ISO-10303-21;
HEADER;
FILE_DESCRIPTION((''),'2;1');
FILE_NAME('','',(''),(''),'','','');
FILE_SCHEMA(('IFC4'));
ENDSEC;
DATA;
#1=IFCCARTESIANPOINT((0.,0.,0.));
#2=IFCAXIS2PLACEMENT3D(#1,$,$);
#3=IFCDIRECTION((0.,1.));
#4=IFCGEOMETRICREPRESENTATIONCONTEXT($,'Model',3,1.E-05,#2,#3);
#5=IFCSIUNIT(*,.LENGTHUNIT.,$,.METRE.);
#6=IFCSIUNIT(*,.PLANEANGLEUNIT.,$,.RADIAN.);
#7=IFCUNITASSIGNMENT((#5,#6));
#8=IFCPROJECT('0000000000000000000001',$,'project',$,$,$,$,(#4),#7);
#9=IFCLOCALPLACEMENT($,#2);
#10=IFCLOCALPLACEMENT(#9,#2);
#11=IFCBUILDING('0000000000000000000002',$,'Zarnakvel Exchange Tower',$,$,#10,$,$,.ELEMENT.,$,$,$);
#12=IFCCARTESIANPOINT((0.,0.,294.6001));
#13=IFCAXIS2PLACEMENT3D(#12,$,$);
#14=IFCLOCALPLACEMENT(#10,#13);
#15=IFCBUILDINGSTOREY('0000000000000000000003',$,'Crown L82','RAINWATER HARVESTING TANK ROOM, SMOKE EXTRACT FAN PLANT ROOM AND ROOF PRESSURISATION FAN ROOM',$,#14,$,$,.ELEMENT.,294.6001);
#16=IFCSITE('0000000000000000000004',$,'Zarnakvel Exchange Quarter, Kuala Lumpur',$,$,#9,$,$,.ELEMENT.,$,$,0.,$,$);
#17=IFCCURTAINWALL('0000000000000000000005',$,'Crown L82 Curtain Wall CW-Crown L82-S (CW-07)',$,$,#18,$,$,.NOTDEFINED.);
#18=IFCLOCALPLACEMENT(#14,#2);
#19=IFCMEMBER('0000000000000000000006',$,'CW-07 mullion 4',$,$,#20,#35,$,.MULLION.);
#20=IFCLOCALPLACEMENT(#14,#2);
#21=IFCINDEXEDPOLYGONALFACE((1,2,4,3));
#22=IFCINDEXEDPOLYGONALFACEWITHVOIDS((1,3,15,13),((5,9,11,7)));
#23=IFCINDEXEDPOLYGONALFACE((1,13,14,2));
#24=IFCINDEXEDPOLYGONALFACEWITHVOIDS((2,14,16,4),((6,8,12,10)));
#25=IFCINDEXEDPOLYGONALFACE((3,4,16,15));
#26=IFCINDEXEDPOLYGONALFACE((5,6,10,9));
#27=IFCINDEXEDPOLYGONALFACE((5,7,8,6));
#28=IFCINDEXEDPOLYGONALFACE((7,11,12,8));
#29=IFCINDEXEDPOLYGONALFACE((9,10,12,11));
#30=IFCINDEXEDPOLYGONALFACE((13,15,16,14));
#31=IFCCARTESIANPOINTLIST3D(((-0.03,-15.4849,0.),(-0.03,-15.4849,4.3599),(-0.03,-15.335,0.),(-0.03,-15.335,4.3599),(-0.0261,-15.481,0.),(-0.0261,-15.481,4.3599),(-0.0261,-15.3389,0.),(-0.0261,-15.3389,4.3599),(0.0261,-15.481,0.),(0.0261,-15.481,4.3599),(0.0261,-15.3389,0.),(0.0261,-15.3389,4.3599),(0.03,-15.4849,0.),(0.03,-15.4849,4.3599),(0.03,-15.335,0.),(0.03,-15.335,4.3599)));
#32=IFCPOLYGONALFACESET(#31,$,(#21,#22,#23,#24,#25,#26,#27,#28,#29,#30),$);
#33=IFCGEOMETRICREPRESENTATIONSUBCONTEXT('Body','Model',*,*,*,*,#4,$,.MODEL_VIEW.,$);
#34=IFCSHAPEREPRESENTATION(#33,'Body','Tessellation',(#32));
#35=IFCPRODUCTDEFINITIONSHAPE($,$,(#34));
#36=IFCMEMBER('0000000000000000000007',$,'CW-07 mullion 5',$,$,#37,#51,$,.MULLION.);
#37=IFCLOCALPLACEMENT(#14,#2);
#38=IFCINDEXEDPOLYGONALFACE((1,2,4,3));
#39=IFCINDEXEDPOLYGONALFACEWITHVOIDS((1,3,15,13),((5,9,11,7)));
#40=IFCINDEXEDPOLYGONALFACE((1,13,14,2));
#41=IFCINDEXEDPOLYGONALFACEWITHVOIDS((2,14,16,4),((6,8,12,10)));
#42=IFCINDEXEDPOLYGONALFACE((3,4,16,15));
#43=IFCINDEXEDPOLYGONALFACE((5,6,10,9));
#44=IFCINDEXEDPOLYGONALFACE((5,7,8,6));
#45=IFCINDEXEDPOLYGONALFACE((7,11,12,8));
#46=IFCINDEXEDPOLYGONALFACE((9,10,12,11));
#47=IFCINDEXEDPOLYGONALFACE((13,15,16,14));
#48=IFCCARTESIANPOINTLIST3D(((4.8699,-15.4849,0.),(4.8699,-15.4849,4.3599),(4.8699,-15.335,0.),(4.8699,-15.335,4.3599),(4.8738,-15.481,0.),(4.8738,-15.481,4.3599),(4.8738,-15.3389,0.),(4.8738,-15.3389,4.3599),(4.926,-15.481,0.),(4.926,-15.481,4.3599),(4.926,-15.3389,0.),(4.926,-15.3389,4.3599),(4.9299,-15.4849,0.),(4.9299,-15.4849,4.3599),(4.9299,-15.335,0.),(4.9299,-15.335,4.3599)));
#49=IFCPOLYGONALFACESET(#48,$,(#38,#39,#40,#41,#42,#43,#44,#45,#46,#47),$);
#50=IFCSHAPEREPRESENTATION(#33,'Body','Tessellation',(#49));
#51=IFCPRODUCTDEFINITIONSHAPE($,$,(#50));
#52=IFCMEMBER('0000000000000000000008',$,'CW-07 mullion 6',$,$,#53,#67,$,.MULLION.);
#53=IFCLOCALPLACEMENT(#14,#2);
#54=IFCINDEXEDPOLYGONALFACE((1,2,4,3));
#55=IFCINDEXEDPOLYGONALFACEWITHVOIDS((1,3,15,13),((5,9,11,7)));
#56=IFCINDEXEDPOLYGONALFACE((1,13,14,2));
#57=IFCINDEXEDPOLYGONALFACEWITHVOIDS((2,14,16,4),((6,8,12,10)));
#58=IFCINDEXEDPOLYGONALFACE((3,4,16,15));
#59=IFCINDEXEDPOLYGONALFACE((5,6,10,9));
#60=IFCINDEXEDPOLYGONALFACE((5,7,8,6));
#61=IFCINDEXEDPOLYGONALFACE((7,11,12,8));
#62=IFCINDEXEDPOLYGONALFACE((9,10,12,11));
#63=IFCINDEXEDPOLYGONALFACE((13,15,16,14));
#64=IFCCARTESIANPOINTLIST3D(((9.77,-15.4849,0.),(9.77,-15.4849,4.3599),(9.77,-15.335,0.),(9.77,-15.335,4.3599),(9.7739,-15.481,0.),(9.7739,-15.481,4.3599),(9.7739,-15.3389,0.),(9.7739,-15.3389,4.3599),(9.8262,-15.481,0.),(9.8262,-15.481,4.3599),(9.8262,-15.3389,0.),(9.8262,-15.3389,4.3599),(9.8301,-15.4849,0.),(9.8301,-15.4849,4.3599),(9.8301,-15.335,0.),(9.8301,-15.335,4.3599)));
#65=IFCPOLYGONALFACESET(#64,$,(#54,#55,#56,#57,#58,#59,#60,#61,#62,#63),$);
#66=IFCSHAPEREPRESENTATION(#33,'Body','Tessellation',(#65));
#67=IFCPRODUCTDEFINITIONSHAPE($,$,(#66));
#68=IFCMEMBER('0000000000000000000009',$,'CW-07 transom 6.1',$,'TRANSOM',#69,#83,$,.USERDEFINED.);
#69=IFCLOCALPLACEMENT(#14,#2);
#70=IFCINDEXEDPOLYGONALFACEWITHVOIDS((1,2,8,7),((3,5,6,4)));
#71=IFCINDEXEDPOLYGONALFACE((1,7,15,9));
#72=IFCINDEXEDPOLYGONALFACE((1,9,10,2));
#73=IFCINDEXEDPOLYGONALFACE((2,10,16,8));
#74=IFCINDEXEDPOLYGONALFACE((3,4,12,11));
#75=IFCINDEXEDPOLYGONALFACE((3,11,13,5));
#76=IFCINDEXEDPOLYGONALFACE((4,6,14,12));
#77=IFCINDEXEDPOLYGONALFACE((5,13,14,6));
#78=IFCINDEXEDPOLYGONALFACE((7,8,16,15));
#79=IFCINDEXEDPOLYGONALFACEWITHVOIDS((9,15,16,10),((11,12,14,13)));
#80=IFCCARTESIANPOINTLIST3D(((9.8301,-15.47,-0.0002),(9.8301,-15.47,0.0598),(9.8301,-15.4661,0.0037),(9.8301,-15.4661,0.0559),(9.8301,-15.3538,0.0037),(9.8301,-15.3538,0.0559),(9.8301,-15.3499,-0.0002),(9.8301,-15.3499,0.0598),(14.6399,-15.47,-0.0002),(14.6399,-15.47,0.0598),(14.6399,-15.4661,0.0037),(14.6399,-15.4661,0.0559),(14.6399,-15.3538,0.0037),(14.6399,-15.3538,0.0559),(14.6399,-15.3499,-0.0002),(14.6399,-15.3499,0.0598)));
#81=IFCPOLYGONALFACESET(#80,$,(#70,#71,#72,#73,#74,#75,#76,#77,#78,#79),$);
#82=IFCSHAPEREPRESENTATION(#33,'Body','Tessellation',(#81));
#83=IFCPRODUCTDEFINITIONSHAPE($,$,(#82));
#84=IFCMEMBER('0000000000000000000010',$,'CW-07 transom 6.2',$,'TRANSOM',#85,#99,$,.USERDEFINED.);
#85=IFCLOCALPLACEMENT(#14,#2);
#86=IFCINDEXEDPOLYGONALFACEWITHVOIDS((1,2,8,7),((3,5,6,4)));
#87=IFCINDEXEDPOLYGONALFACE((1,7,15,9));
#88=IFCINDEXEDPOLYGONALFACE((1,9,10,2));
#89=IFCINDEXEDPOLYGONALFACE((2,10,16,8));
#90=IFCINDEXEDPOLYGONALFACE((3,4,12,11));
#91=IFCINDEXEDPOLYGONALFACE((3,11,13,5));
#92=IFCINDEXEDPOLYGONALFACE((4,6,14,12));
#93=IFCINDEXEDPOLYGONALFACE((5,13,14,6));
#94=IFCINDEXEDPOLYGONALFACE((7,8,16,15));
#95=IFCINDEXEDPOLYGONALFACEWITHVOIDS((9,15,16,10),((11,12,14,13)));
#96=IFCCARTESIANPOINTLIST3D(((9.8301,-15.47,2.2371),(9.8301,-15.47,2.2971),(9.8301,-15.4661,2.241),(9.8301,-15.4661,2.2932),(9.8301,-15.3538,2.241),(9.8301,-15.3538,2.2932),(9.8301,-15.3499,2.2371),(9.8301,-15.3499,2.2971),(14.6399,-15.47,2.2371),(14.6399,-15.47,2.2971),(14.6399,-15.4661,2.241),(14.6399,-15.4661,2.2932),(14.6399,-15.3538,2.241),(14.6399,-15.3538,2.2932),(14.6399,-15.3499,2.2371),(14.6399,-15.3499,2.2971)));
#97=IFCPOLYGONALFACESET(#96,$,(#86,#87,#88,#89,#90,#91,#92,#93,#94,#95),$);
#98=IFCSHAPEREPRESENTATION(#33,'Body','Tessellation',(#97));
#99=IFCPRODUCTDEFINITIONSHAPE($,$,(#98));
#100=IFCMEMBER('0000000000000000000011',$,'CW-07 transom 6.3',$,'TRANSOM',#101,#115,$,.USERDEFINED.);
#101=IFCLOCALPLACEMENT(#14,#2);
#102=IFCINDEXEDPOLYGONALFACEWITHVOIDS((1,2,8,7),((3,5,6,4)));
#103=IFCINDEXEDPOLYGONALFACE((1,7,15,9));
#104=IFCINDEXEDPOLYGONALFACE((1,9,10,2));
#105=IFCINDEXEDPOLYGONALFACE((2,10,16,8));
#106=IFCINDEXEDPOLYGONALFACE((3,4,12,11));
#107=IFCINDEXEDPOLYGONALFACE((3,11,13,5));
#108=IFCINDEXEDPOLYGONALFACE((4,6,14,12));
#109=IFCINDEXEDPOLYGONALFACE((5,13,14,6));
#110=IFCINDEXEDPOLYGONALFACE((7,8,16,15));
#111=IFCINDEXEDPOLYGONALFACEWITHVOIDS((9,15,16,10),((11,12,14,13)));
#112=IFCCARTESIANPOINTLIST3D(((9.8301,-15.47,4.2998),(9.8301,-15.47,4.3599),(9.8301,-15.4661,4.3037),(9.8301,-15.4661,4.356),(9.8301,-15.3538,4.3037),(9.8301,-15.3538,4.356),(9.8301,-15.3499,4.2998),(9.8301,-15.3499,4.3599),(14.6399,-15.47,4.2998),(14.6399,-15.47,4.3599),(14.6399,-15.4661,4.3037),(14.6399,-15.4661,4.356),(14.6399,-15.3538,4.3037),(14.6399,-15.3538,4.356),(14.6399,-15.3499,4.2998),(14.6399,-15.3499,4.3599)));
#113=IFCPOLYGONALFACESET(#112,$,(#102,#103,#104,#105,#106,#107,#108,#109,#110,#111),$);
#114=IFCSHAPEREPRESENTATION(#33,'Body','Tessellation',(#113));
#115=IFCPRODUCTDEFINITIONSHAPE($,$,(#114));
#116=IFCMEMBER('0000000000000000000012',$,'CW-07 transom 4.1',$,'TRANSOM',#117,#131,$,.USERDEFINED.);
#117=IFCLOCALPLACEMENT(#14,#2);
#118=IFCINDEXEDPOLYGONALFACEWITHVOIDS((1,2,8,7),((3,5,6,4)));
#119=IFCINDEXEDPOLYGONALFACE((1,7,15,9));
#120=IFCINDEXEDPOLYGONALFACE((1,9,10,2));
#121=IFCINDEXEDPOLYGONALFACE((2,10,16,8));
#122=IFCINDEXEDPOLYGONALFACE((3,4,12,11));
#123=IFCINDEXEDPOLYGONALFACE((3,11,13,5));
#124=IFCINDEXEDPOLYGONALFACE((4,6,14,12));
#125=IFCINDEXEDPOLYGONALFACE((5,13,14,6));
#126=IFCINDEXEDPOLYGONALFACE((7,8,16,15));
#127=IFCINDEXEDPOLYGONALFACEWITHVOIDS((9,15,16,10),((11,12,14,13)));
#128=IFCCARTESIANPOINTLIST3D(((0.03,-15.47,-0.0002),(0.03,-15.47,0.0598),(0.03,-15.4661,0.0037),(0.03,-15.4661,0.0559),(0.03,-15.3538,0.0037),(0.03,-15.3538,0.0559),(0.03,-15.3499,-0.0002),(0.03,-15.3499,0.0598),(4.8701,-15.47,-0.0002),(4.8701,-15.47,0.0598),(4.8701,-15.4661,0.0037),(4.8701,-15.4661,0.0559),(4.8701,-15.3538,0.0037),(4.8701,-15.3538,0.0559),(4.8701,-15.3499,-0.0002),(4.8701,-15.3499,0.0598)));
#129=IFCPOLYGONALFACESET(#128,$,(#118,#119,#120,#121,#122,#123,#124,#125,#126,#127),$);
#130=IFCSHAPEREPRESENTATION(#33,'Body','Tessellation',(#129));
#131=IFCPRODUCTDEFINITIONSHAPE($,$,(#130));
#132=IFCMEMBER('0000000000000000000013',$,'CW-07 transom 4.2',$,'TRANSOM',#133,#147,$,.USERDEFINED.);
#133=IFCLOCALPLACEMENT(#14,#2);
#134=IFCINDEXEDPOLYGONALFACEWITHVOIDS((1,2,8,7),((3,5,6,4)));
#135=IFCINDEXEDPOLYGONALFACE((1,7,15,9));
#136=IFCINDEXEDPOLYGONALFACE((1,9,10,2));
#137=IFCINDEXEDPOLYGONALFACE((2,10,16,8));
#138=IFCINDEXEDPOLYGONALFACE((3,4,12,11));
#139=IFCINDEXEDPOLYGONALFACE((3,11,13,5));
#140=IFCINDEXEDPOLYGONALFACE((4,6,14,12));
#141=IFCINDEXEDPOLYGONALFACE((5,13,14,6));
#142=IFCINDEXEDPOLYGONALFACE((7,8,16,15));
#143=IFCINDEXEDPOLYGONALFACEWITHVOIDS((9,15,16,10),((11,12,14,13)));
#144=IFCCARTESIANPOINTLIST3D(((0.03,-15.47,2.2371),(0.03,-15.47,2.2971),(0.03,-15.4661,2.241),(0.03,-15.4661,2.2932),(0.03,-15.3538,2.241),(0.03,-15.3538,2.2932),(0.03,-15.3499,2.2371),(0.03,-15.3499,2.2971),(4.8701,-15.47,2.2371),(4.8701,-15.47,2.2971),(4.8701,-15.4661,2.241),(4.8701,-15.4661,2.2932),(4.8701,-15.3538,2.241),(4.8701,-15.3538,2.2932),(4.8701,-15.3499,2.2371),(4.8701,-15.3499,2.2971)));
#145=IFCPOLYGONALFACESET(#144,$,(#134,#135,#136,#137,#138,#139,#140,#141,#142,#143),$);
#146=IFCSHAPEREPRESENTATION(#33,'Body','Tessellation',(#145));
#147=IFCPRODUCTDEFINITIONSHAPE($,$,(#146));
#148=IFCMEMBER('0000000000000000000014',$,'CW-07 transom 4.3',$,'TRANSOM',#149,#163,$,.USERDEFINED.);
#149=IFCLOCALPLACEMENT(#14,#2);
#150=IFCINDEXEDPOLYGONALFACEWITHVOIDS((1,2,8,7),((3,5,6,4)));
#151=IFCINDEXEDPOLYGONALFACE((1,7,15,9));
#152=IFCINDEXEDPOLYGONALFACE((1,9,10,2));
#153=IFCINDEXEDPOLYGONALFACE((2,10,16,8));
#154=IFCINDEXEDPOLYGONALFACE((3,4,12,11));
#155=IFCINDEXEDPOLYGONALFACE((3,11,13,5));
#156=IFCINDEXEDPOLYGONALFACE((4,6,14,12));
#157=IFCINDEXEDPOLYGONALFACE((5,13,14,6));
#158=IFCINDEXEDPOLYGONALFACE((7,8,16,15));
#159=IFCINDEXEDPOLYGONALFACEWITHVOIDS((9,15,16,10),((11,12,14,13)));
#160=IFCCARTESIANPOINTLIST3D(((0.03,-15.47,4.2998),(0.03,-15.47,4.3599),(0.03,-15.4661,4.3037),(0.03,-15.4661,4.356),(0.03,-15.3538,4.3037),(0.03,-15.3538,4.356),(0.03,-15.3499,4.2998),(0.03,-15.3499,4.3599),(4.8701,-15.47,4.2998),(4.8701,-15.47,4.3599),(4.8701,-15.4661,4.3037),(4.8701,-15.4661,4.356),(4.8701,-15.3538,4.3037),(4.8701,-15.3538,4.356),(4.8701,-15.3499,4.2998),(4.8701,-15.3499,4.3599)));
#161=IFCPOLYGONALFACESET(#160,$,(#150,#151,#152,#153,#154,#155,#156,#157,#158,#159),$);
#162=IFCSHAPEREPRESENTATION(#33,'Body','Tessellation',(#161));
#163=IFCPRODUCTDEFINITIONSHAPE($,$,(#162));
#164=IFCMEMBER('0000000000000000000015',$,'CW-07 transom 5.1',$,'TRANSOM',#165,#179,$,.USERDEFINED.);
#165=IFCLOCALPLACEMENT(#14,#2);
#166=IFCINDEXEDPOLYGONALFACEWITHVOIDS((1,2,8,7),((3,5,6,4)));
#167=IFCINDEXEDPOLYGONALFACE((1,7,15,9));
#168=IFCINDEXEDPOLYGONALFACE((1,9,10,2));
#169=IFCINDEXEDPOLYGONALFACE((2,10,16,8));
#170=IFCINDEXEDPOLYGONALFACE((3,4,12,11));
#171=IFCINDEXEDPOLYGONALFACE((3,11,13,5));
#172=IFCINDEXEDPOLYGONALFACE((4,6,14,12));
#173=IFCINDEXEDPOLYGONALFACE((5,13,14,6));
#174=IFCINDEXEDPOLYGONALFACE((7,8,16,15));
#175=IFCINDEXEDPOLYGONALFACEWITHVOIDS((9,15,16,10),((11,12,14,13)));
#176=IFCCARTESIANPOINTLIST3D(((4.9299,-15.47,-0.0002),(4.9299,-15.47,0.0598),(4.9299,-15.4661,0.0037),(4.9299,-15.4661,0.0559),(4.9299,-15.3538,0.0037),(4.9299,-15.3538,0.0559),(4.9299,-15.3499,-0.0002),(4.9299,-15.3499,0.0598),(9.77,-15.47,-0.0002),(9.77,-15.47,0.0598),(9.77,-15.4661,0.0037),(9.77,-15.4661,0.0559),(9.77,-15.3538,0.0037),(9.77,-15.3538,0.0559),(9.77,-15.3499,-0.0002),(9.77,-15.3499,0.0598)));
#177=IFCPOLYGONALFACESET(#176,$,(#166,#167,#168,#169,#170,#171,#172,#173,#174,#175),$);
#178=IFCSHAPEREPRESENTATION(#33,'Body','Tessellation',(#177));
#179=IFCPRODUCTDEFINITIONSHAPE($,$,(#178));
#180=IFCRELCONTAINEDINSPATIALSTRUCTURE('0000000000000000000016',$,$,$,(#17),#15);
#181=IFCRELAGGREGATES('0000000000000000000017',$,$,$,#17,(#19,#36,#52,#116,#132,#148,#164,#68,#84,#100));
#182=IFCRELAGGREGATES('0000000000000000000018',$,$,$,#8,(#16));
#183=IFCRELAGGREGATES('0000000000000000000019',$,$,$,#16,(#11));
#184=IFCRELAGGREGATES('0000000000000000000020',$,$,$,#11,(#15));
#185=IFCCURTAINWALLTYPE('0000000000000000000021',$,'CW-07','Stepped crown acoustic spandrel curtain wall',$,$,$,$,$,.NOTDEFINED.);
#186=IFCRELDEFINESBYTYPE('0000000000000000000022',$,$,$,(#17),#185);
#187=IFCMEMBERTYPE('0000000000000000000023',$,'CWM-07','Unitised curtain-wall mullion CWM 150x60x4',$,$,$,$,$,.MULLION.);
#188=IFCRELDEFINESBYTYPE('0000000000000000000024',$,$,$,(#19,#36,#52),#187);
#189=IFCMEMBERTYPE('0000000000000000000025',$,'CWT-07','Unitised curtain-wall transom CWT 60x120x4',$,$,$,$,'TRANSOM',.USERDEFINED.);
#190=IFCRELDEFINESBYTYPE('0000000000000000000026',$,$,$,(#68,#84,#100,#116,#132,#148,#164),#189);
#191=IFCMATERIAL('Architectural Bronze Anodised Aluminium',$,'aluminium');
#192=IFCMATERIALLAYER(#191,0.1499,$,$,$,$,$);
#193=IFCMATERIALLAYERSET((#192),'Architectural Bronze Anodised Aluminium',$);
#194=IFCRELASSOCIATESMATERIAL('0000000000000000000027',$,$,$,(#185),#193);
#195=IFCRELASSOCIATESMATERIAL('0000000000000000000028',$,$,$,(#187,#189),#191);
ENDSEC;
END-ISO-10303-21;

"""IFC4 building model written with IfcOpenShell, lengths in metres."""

from ifc_helpers import new_model, si_unit, direction, frame, origin, origin_2d, place, context, subcontext, project, spatial, hollow_rectangle, extrude, source, transform, mapped, material, layer, layer_set, material_profile, profile_set, type_object, element, aggregate, save


model = new_model("IFC4")

# Units and contexts
model_context = context("Model", 3, precision=1e-05, world=origin(), true_north=direction((0.0, 1.0)))
body_context = subcontext(model_context, "Body", "Model", "MODEL_VIEW")
ifc_project = project(units=[si_unit("LENGTHUNIT", "METRE"), si_unit("PLANEANGLEUNIT", "RADIAN")], contexts=[model_context])

# Site, building, storey
site_placement = place(None, origin())
site = spatial("IfcSite", under=ifc_project, at=site_placement, Name="Zarnakvel Exchange Quarter, Kuala Lumpur", CompositionType="ELEMENT", RefElevation=0.0)
building_placement = place(site_placement, origin())
building = spatial("IfcBuilding", under=site, at=building_placement, Name="Zarnakvel Exchange Tower", CompositionType="ELEMENT")
storey_placement = place(building_placement, frame((0.0, 0.0, 294.6001)))
storey = spatial("IfcBuildingStorey", under=building, at=storey_placement, Name="Crown L82", Description="RAINWATER HARVESTING TANK ROOM, SMOKE EXTRACT FAN PLANT ROOM AND ROOF PRESSURISATION FAN ROOM", CompositionType="ELEMENT", Elevation=294.6001)

# Curtain wall, members
ifc_material_1 = material(Name="Architectural Bronze Anodised Aluminium", Category="aluminium")
ifc_layer_1 = layer(ifc_material_1, 0.1499)
ifc_layer_set_1 = layer_set([ifc_layer_1], Name="Architectural Bronze Anodised Aluminium")
curtain_wall_type = type_object("IfcCurtainWallType", Name="CW-07", Description="Stepped crown acoustic spandrel curtain wall", PredefinedType="NOTDEFINED", material=ifc_layer_set_1)
curtain_wall_placement = place(storey_placement, origin())
curtain_wall = element("IfcCurtainWall", 1, at=curtain_wall_placement, inside=storey, type_object=curtain_wall_type, Name="Crown L82 Curtain Wall CW-Crown L82-S (CW-07)", PredefinedType="NOTDEFINED")
ifc_material_profile_1 = material_profile(ifc_material_1, hollow_rectangle(XDim=0.1499, YDim=0.0601, WallThickness=0.0039, at=origin_2d()))
ifc_profile_set_1 = profile_set([ifc_material_profile_1], Name="Architectural Bronze Anodised Aluminium")
member_type_1 = type_object("IfcMemberType", Name="CWM-07", Description="Unitised curtain-wall mullion CWM 150x60x4", PredefinedType="MULLION", material=ifc_profile_set_1)
shared_shape_1 = source(origin(), body_context, "Body", "SweptSolid", [
    extrude(hollow_rectangle(XDim=0.1499, YDim=0.0601, WallThickness=0.0039, at=origin_2d()), origin(), (0.0, 0.0, 1.0), 4.3599),
])
member_1_placement = place(storey_placement, frame((0.0, -15.4099, 0.0), z_axis=(0.0, 0.0, 1.0), x_axis=(0.0, 1.0, 0.0)))
member_1 = element("IfcMember", 2, at=member_1_placement, type_object=member_type_1, Name="CW-07 mullion 4", PredefinedType="MULLION", context=body_context, shape_type="MappedRepresentation", body=[
    mapped(shared_shape_1, transform((0.0, 0.0, 0.0), x_axis=(1.0, 0.0, 0.0), y_axis=(0.0, 1.0, 0.0), z_axis=(0.0, 0.0, 1.0), scale=1.0)),
])
member_2_placement = place(storey_placement, frame((4.8999, -15.4099, 0.0), z_axis=(0.0, 0.0, 1.0), x_axis=(0.0, 1.0, 0.0)))
member_2 = element("IfcMember", 3, at=member_2_placement, type_object=member_type_1, Name="CW-07 mullion 5", PredefinedType="MULLION", context=body_context, shape_type="MappedRepresentation", body=[
    mapped(shared_shape_1, transform((0.0, 0.0, 0.0), x_axis=(1.0, 0.0, 0.0), y_axis=(0.0, 1.0, 0.0), z_axis=(0.0, 0.0, 1.0), scale=1.0)),
])
member_3_placement = place(storey_placement, frame((9.8, -15.4099, 0.0), z_axis=(0.0, 0.0, 1.0), x_axis=(0.0, 1.0, 0.0)))
member_3 = element("IfcMember", 4, at=member_3_placement, type_object=member_type_1, Name="CW-07 mullion 6", PredefinedType="MULLION", context=body_context, shape_type="MappedRepresentation", body=[
    mapped(shared_shape_1, transform((0.0, 0.0, 0.0), x_axis=(1.0, 0.0, 0.0), y_axis=(0.0, 1.0, 0.0), z_axis=(0.0, 0.0, 1.0), scale=1.0)),
])
ifc_material_profile_2 = material_profile(ifc_material_1, hollow_rectangle(XDim=0.1201, YDim=0.0601, WallThickness=0.0039, at=origin_2d()))
ifc_profile_set_2 = profile_set([ifc_material_profile_2], Name="Architectural Bronze Anodised Aluminium")
member_type_2 = type_object("IfcMemberType", Name="CWT-07", Description="Unitised curtain-wall transom CWT 60x120x4", ElementType="TRANSOM", PredefinedType="USERDEFINED", material=ifc_profile_set_2)
shared_shape_2 = source(origin(), body_context, "Body", "SweptSolid", [
    extrude(hollow_rectangle(XDim=0.1201, YDim=0.0601, WallThickness=0.0039, at=origin_2d()), origin(), (0.0, 0.0, 1.0), 4.8098),
])
member_4_placement = place(storey_placement, frame((9.8301, -15.4099, 0.0298), z_axis=(1.0, 0.0, 0.0), x_axis=(0.0, 1.0, 0.0)))
member_4 = element("IfcMember", 5, at=member_4_placement, type_object=member_type_2, Name="CW-07 transom 6.1", ObjectType="TRANSOM", PredefinedType="USERDEFINED", context=body_context, shape_type="MappedRepresentation", body=[
    mapped(shared_shape_2, transform((0.0, 0.0, 0.0), x_axis=(1.0, 0.0, 0.0), y_axis=(0.0, 1.0, 0.0), z_axis=(0.0, 0.0, 1.0), scale=1.0)),
])
member_5_placement = place(storey_placement, frame((9.8301, -15.4099, 2.2671), z_axis=(1.0, 0.0, 0.0), x_axis=(0.0, 1.0, 0.0)))
member_5 = element("IfcMember", 6, at=member_5_placement, type_object=member_type_2, Name="CW-07 transom 6.2", ObjectType="TRANSOM", PredefinedType="USERDEFINED", context=body_context, shape_type="MappedRepresentation", body=[
    mapped(shared_shape_2, transform((0.0, 0.0, 0.0), x_axis=(1.0, 0.0, 0.0), y_axis=(0.0, 1.0, 0.0), z_axis=(0.0, 0.0, 1.0), scale=1.0)),
])
member_6_placement = place(storey_placement, frame((9.8301, -15.4099, 4.3298), z_axis=(1.0, 0.0, 0.0), x_axis=(0.0, 1.0, 0.0)))
member_6 = element("IfcMember", 7, at=member_6_placement, type_object=member_type_2, Name="CW-07 transom 6.3", ObjectType="TRANSOM", PredefinedType="USERDEFINED", context=body_context, shape_type="MappedRepresentation", body=[
    mapped(shared_shape_2, transform((0.0, 0.0, 0.0), x_axis=(1.0, 0.0, 0.0), y_axis=(0.0, 1.0, 0.0), z_axis=(0.0, 0.0, 1.0), scale=1.0)),
])
shared_shape_3 = source(origin(), body_context, "Body", "SweptSolid", [
    extrude(hollow_rectangle(XDim=0.1201, YDim=0.0601, WallThickness=0.0039, at=origin_2d()), origin(), (0.0, 0.0, 1.0), 4.8401),
])
member_7_placement = place(storey_placement, frame((0.03, -15.4099, 0.0298), z_axis=(1.0, 0.0, 0.0), x_axis=(0.0, 1.0, 0.0)))
member_7 = element("IfcMember", 8, at=member_7_placement, type_object=member_type_2, Name="CW-07 transom 4.1", ObjectType="TRANSOM", PredefinedType="USERDEFINED", context=body_context, shape_type="MappedRepresentation", body=[
    mapped(shared_shape_3, transform((0.0, 0.0, 0.0), x_axis=(1.0, 0.0, 0.0), y_axis=(0.0, 1.0, 0.0), z_axis=(0.0, 0.0, 1.0), scale=1.0)),
])
member_8_placement = place(storey_placement, frame((0.03, -15.4099, 2.2671), z_axis=(1.0, 0.0, 0.0), x_axis=(0.0, 1.0, 0.0)))
member_8 = element("IfcMember", 9, at=member_8_placement, type_object=member_type_2, Name="CW-07 transom 4.2", ObjectType="TRANSOM", PredefinedType="USERDEFINED", context=body_context, shape_type="MappedRepresentation", body=[
    mapped(shared_shape_3, transform((0.0, 0.0, 0.0), x_axis=(1.0, 0.0, 0.0), y_axis=(0.0, 1.0, 0.0), z_axis=(0.0, 0.0, 1.0), scale=1.0)),
])
member_9_placement = place(storey_placement, frame((0.03, -15.4099, 4.3298), z_axis=(1.0, 0.0, 0.0), x_axis=(0.0, 1.0, 0.0)))
member_9 = element("IfcMember", 10, at=member_9_placement, type_object=member_type_2, Name="CW-07 transom 4.3", ObjectType="TRANSOM", PredefinedType="USERDEFINED", context=body_context, shape_type="MappedRepresentation", body=[
    mapped(shared_shape_3, transform((0.0, 0.0, 0.0), x_axis=(1.0, 0.0, 0.0), y_axis=(0.0, 1.0, 0.0), z_axis=(0.0, 0.0, 1.0), scale=1.0)),
])
member_10_placement = place(storey_placement, frame((4.9299, -15.4099, 0.0298), z_axis=(1.0, 0.0, 0.0), x_axis=(0.0, 1.0, 0.0)))
member_10 = element("IfcMember", 11, at=member_10_placement, type_object=member_type_2, Name="CW-07 transom 5.1", ObjectType="TRANSOM", PredefinedType="USERDEFINED", context=body_context, shape_type="MappedRepresentation", body=[
    mapped(shared_shape_3, transform((0.0, 0.0, 0.0), x_axis=(1.0, 0.0, 0.0), y_axis=(0.0, 1.0, 0.0), z_axis=(0.0, 0.0, 1.0), scale=1.0)),
])

aggregate(curtain_wall, [member_1, member_2, member_3, member_7, member_8, member_9, member_10, member_4, member_5, member_6])

save(model, "model.ifc")
